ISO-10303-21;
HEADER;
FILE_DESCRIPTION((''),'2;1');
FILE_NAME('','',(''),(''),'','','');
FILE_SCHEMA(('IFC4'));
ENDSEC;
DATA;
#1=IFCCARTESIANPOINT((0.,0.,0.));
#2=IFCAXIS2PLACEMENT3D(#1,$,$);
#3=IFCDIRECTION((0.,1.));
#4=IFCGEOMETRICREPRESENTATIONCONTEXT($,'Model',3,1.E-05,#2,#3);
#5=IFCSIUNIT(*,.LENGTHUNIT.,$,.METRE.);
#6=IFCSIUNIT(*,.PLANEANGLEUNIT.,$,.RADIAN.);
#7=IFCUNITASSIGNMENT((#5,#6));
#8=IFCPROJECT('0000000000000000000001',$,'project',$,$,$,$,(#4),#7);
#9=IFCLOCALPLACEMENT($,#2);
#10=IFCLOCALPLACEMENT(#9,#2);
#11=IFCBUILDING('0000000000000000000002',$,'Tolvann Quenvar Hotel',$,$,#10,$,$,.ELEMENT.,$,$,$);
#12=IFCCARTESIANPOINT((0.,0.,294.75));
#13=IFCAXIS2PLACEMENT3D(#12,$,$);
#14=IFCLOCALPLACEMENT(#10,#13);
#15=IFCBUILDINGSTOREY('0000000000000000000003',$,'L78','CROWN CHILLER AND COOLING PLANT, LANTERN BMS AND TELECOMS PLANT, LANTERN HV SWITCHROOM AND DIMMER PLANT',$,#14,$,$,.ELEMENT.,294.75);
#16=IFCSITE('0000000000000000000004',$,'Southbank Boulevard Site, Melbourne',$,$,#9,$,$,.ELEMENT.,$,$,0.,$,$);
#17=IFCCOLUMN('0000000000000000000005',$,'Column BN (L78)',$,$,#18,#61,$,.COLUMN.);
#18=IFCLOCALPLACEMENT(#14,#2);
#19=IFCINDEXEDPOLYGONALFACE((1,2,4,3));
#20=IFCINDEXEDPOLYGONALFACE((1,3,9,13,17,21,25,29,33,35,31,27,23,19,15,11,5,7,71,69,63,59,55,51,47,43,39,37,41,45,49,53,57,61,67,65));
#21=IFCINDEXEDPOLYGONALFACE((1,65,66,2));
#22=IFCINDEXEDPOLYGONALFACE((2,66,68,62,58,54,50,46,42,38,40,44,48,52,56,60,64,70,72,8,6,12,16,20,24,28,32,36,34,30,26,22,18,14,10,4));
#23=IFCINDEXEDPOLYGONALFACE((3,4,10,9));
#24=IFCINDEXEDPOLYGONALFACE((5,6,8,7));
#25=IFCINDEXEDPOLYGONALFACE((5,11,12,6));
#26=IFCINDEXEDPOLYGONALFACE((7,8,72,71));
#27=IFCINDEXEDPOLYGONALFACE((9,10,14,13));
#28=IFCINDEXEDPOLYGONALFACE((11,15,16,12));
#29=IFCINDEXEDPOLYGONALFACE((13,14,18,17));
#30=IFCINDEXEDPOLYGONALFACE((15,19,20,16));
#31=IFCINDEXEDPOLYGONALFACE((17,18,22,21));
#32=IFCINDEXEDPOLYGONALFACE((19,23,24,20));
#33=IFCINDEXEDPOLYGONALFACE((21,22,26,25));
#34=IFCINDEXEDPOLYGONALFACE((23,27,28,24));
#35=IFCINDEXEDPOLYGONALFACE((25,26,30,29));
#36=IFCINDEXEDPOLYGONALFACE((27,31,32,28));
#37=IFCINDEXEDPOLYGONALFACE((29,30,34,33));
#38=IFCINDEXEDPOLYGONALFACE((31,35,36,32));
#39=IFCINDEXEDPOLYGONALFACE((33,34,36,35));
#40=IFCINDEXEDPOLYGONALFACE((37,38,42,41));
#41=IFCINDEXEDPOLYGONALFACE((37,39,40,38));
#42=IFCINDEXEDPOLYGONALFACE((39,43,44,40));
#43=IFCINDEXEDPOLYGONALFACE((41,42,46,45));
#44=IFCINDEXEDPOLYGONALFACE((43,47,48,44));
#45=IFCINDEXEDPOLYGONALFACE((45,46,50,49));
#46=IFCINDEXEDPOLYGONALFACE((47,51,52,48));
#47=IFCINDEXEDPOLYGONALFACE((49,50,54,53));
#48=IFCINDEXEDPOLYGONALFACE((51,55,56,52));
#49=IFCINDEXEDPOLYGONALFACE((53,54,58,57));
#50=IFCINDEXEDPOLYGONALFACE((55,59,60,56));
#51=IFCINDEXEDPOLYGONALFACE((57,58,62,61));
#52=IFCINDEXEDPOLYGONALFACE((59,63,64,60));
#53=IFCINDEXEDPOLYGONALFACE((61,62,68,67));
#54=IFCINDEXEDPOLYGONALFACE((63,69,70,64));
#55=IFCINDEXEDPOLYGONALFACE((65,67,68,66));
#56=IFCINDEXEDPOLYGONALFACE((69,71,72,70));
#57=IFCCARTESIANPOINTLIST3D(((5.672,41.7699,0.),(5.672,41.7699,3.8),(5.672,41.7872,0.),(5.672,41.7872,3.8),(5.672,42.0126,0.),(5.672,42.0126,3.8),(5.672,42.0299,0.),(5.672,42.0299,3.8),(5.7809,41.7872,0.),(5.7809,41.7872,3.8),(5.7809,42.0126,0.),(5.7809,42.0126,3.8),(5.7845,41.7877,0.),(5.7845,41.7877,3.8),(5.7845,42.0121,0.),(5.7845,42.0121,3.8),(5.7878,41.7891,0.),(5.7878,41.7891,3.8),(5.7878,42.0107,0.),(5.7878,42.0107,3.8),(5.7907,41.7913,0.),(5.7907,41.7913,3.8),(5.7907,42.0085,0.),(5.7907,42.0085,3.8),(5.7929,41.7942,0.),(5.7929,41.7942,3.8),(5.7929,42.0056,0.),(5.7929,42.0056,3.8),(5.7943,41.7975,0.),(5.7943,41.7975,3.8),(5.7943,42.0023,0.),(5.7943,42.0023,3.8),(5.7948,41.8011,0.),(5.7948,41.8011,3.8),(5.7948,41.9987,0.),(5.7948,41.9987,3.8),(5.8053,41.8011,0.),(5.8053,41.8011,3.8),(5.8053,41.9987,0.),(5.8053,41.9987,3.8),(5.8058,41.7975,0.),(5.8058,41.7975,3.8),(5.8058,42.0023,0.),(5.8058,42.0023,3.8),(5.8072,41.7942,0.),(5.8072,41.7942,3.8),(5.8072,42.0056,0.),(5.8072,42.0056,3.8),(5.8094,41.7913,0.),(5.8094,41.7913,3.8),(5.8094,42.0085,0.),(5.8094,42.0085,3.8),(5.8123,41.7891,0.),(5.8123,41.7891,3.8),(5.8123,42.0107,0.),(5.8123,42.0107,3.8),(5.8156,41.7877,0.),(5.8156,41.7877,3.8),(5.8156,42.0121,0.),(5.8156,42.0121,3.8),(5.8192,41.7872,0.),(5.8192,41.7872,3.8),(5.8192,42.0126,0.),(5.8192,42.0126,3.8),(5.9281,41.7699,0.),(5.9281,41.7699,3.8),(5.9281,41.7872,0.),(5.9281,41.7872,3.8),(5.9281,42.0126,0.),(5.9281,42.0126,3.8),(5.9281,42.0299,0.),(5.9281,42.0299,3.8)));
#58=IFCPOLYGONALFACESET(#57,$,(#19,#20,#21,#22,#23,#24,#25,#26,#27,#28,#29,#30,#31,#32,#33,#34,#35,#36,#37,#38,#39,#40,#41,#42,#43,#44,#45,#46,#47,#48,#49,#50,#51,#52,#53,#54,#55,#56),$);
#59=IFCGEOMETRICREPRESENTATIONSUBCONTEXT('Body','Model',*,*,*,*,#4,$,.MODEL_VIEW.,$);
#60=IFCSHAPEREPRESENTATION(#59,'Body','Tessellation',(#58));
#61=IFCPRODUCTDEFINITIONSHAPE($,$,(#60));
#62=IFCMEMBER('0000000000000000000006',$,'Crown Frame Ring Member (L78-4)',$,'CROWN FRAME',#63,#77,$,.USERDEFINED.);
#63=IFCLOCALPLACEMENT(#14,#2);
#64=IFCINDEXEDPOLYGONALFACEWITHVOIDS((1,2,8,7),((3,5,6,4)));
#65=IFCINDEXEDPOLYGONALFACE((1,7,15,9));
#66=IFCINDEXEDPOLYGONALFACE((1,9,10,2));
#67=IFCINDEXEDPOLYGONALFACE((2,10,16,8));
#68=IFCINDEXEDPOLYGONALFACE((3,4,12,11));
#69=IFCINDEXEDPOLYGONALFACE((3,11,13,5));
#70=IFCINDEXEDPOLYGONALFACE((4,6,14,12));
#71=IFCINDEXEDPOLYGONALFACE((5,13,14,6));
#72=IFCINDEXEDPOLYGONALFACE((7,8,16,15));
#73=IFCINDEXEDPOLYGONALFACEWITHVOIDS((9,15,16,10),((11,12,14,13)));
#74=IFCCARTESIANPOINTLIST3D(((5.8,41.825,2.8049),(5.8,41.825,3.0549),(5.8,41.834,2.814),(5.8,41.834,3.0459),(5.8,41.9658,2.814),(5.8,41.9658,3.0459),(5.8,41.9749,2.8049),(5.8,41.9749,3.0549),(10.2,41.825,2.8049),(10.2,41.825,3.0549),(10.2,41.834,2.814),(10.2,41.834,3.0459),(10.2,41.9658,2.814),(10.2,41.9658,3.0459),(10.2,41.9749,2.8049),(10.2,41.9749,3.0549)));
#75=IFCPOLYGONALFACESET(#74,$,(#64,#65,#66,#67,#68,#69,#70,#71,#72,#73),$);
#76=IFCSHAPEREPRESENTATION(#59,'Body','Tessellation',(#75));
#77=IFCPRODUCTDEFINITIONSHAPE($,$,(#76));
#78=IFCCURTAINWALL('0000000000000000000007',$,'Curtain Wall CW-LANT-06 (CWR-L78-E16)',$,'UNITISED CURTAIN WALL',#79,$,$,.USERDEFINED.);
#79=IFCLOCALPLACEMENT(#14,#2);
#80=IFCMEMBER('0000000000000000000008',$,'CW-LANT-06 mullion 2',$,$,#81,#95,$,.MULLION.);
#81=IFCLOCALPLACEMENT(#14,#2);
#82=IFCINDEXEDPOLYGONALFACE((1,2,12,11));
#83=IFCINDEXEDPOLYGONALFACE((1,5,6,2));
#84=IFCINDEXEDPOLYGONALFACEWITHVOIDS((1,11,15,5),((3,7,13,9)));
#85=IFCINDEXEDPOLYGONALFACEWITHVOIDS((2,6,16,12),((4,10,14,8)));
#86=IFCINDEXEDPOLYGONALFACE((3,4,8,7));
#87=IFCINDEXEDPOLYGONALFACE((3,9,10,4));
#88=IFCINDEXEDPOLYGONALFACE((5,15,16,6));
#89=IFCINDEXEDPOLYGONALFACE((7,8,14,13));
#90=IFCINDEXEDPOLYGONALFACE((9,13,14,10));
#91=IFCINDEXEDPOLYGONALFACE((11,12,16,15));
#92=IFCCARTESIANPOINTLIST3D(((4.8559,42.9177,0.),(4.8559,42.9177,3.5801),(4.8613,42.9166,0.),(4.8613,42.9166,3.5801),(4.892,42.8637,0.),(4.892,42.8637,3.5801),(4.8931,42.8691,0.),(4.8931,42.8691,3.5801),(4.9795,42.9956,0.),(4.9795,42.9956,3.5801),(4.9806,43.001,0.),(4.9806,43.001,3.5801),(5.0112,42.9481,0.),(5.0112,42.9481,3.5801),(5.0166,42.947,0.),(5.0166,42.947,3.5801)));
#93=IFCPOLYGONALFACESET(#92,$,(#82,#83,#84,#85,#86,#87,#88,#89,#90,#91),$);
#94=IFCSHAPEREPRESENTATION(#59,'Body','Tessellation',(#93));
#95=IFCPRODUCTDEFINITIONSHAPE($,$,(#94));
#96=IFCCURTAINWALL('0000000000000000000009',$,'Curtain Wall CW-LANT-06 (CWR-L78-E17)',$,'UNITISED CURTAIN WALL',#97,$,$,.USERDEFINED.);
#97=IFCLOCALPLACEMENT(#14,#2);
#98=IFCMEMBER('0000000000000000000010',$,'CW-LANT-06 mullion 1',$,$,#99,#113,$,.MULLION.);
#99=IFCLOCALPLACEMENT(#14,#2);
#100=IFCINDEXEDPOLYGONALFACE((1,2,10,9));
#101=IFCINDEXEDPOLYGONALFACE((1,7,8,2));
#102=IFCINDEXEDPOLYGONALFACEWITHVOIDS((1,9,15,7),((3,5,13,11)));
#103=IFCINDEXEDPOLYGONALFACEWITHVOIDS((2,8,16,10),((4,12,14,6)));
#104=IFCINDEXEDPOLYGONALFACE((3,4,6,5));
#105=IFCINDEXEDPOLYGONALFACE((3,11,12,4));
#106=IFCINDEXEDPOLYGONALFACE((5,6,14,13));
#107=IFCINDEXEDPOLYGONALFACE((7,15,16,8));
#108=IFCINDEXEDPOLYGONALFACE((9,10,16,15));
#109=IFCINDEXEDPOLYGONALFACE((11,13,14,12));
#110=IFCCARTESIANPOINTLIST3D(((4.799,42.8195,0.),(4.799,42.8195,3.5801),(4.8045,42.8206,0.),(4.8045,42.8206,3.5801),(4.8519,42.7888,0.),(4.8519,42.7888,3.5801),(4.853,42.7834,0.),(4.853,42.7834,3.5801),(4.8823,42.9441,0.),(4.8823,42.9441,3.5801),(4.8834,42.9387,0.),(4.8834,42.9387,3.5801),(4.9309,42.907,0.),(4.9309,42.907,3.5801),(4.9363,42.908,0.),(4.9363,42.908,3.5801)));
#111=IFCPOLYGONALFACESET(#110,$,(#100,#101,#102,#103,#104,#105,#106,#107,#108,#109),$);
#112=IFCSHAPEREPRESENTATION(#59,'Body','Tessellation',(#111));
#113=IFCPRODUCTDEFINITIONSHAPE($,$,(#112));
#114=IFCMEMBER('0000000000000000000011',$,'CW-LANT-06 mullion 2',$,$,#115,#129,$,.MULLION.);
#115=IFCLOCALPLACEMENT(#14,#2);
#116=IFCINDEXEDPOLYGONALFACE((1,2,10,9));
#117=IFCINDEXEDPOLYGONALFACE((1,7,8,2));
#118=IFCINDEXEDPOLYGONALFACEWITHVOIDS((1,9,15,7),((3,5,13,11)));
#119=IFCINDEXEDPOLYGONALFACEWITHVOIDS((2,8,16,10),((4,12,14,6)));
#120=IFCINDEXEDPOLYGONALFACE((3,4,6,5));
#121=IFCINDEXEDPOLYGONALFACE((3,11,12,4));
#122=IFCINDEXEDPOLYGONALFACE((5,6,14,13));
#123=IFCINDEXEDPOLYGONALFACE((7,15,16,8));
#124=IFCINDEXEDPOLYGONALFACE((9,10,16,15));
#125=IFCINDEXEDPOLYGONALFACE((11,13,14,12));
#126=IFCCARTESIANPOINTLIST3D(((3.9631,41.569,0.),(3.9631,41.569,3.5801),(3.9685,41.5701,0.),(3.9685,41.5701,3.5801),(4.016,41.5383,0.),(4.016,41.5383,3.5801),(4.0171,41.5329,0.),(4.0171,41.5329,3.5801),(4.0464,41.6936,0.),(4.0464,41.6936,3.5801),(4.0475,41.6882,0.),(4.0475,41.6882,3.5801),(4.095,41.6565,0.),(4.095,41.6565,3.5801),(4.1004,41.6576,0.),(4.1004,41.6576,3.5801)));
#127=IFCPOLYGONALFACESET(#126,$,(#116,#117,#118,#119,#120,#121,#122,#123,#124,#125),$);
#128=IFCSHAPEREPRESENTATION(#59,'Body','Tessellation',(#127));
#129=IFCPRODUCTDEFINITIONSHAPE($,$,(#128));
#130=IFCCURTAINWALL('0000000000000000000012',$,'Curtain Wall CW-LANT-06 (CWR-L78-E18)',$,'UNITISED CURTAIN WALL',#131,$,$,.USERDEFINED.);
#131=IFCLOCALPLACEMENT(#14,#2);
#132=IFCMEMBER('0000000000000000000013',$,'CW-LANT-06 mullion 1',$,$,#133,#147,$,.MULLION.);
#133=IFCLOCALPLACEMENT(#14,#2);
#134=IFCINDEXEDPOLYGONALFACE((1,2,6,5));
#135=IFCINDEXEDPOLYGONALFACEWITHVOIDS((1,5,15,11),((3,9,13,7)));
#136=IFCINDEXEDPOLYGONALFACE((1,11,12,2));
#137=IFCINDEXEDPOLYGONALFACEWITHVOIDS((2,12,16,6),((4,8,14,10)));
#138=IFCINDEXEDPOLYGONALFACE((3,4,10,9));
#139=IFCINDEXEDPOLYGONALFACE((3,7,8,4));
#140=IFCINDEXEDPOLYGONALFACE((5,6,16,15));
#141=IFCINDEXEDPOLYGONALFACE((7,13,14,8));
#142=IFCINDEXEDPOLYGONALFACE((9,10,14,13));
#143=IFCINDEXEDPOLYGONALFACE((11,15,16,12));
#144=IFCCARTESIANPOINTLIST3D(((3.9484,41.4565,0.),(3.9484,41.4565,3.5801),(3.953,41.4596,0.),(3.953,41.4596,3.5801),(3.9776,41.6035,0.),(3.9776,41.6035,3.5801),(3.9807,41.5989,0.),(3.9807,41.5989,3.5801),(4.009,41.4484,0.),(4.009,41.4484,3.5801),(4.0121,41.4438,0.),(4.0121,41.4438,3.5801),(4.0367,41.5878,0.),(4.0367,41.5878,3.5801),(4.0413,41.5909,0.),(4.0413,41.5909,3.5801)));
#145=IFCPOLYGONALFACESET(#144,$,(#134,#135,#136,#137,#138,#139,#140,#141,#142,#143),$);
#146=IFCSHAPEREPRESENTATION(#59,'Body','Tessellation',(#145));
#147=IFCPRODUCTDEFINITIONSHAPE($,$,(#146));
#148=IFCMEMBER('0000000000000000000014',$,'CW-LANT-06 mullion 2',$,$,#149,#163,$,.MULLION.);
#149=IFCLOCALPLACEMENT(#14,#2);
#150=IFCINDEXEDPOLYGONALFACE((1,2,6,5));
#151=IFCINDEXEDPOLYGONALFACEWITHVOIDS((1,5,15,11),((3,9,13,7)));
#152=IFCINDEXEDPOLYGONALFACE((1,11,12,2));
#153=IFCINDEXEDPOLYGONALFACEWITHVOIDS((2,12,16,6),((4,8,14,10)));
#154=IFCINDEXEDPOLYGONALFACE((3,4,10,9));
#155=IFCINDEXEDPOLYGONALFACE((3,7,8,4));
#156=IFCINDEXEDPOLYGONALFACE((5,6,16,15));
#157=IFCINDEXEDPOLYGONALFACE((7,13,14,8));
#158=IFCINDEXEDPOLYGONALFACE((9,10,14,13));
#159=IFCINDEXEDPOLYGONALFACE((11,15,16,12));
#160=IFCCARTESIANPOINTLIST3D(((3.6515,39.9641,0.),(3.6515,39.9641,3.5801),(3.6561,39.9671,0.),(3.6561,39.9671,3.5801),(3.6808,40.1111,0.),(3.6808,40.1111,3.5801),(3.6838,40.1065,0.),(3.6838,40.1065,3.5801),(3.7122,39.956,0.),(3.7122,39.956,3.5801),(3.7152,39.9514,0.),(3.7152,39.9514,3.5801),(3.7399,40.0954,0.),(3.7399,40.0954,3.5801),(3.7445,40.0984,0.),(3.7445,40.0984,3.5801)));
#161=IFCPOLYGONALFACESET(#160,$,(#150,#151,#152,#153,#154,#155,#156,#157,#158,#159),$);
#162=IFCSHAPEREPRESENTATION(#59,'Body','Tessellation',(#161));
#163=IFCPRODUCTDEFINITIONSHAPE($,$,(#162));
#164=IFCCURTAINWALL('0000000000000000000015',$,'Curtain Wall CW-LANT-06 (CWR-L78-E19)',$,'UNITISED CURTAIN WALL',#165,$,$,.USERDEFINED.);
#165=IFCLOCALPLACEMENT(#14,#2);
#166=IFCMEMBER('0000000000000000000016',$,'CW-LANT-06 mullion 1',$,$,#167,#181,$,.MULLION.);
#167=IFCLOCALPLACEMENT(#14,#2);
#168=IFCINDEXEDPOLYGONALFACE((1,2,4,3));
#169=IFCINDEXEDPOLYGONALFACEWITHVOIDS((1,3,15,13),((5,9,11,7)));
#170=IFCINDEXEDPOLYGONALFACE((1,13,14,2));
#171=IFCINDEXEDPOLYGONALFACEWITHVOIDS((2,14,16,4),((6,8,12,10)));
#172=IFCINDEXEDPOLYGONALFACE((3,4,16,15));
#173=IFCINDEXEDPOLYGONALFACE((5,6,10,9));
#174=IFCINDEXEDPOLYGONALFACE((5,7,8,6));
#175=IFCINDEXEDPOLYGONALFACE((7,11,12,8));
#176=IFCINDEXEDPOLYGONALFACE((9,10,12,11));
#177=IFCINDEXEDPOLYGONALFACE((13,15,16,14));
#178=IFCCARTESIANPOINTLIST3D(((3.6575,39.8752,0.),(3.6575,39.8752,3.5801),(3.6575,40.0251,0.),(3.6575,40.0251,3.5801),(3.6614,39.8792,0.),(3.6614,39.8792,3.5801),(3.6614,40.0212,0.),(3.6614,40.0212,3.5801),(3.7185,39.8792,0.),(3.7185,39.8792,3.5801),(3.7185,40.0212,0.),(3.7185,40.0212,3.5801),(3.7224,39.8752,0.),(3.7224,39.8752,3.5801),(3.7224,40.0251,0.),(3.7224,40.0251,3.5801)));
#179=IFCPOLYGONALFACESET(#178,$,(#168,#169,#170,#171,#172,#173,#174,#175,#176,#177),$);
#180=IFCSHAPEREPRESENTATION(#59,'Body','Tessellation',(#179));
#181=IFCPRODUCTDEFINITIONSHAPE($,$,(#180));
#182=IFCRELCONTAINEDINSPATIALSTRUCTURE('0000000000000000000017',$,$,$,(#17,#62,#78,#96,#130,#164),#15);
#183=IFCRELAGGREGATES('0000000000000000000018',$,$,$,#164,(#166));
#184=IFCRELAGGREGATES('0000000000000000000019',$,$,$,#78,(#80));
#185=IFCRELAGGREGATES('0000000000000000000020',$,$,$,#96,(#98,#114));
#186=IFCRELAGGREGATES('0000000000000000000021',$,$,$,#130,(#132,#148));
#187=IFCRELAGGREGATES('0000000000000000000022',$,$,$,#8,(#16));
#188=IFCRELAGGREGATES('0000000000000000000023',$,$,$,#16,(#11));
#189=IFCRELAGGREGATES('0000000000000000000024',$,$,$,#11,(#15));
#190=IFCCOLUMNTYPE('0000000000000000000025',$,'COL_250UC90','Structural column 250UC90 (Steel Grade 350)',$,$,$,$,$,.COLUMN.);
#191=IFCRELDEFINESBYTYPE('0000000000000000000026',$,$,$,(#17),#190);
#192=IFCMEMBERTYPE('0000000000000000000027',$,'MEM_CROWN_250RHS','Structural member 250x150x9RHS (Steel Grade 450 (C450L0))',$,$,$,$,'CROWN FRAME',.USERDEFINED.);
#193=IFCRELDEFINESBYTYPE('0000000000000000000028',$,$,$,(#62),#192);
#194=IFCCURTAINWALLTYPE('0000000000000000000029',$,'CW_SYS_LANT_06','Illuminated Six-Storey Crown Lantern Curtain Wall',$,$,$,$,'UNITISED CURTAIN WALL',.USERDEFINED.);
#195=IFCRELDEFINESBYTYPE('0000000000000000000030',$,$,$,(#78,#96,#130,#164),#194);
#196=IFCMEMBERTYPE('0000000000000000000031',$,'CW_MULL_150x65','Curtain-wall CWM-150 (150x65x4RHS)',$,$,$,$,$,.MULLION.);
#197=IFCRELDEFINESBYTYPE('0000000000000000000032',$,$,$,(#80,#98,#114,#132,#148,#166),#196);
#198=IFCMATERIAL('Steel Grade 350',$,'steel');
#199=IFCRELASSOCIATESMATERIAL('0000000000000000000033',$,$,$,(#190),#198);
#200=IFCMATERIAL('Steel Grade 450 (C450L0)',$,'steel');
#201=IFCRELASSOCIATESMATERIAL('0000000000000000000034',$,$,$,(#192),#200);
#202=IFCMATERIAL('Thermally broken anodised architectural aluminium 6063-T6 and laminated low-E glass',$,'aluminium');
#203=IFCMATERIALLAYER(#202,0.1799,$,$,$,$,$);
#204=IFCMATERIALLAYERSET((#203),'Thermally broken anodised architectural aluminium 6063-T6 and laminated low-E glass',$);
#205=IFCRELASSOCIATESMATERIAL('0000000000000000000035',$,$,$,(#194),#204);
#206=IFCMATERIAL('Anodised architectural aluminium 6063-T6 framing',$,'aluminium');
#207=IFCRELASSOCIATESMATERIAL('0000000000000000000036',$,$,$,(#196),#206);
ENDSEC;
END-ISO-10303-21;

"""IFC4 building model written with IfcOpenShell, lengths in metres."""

from ifc_helpers import new_model, si_unit, direction, frame, origin, origin_2d, place, context, subcontext, project, spatial, hollow_rectangle, i_section, extrude, source, transform, mapped, material, layer, layer_set, material_profile, profile_set, type_object, type_shapes, element, aggregate, save


model = new_model("IFC4")

# Units and contexts
model_context = context("Model", 3, precision=1e-05, world=origin(), true_north=direction((0.0, 1.0)))
body_context = subcontext(model_context, "Body", "Model", "MODEL_VIEW")
ifc_project = project(units=[si_unit("LENGTHUNIT", "METRE"), si_unit("PLANEANGLEUNIT", "RADIAN")], contexts=[model_context])

# Site, building, storey
site_placement = place(None, origin())
site = spatial("IfcSite", under=ifc_project, at=site_placement, Name="Southbank Boulevard Site, Melbourne", CompositionType="ELEMENT", RefElevation=0.0)
building_placement = place(site_placement, origin())
building = spatial("IfcBuilding", under=site, at=building_placement, Name="Tolvann Quenvar Hotel", CompositionType="ELEMENT")
storey_placement = place(building_placement, frame((0.0, 0.0, 294.75)))
storey = spatial("IfcBuildingStorey", under=building, at=storey_placement, Name="L78", Description="CROWN CHILLER AND COOLING PLANT, LANTERN BMS AND TELECOMS PLANT, LANTERN HV SWITCHROOM AND DIMMER PLANT", CompositionType="ELEMENT", Elevation=294.75)

# Column
ifc_material_1 = material(Name="Steel Grade 350", Category="steel")
ifc_material_profile_1 = material_profile(ifc_material_1, i_section(OverallWidth=0.2561, OverallDepth=0.26, WebThickness=0.0105, FlangeThickness=0.0173, FilletRadius=0.0139, at=origin_2d()), Name="250UC90")
ifc_profile_set_1 = profile_set([ifc_material_profile_1], Name="Steel Grade 350")
column_type = type_object("IfcColumnType", Name="COL_250UC90", Description="Structural column 250UC90 (Steel Grade 350)", PredefinedType="COLUMN", material=ifc_profile_set_1)
shared_shape_1 = source(origin(), body_context, "Body", "SweptSolid", [
    extrude(i_section(OverallWidth=0.2561, OverallDepth=0.26, WebThickness=0.0105, FlangeThickness=0.0173, FilletRadius=0.0139, at=origin_2d()), origin(), (0.0, 0.0, 1.0), 3.8),
])
type_shapes(column_type, [shared_shape_1])
column_placement = place(storey_placement, frame((5.8, 41.8999, 0.0), z_axis=(0.0, 0.0, 1.0), x_axis=(1.0, 0.0, 0.0)))
element("IfcColumn", 1, at=column_placement, inside=storey, type_object=column_type, Name="Column BN (L78)", PredefinedType="COLUMN", context=body_context, shape_type="MappedRepresentation", body=[
    mapped(shared_shape_1, transform((0.0, 0.0, 0.0), x_axis=(1.0, 0.0, 0.0), y_axis=(0.0, 1.0, 0.0), z_axis=(0.0, 0.0, 1.0), scale=1.0)),
])

# Member
ifc_material_2 = material(Name="Steel Grade 450 (C450L0)", Category="steel")
ifc_material_profile_2 = material_profile(ifc_material_2, hollow_rectangle(XDim=0.1499, YDim=0.25, WallThickness=0.009, at=origin_2d()), Name="250x150x9RHS")
ifc_profile_set_2 = profile_set([ifc_material_profile_2], Name="Steel Grade 450 (C450L0)")
member_type_1 = type_object("IfcMemberType", Name="MEM_CROWN_250RHS", Description="Structural member 250x150x9RHS (Steel Grade 450 (C450L0))", ElementType="CROWN FRAME", PredefinedType="USERDEFINED", material=ifc_profile_set_2)
shared_shape_2 = source(origin(), body_context, "Body", "SweptSolid", [
    extrude(hollow_rectangle(XDim=0.1499, YDim=0.25, WallThickness=0.009, at=origin_2d()), origin(), (0.0, 0.0, 1.0), 4.3999),
])
type_shapes(member_type_1, [shared_shape_2])
member_1_placement = place(storey_placement, frame((5.8, 41.8999, 2.9299), z_axis=(1.0, 0.0, 0.0), x_axis=(0.0, 1.0, 0.0)))
element("IfcMember", 2, at=member_1_placement, inside=storey, type_object=member_type_1, Name="Crown Frame Ring Member (L78-4)", ObjectType="CROWN FRAME", PredefinedType="USERDEFINED", context=body_context, shape_type="MappedRepresentation", body=[
    mapped(shared_shape_2, transform((0.0, 0.0, 0.0), x_axis=(1.0, 0.0, 0.0), y_axis=(0.0, 1.0, 0.0), z_axis=(0.0, 0.0, 1.0), scale=1.0)),
])

# Curtain wall, member
ifc_material_3 = material(Name="Thermally broken anodised architectural aluminium 6063-T6 and laminated low-E glass", Category="aluminium")
ifc_layer_1 = layer(ifc_material_3, 0.1799)
ifc_layer_set_1 = layer_set([ifc_layer_1], Name="Thermally broken anodised architectural aluminium 6063-T6 and laminated low-E glass")
curtain_wall_type = type_object("IfcCurtainWallType", Name="CW_SYS_LANT_06", Description="Illuminated Six-Storey Crown Lantern Curtain Wall", ElementType="UNITISED CURTAIN WALL", PredefinedType="USERDEFINED", material=ifc_layer_set_1)
curtain_wall_1_placement = place(storey_placement, origin())
curtain_wall_1 = element("IfcCurtainWall", 3, at=curtain_wall_1_placement, inside=storey, type_object=curtain_wall_type, Name="Curtain Wall CW-LANT-06 (CWR-L78-E16)", ObjectType="UNITISED CURTAIN WALL", PredefinedType="USERDEFINED")
ifc_material_4 = material(Name="Anodised architectural aluminium 6063-T6 framing", Category="aluminium")
ifc_material_profile_3 = material_profile(ifc_material_4, hollow_rectangle(XDim=0.0649, YDim=0.1499, WallThickness=0.0039, at=origin_2d()), Name="150x65x4RHS")
ifc_profile_set_3 = profile_set([ifc_material_profile_3], Name="Anodised architectural aluminium 6063-T6 framing")
member_type_2 = type_object("IfcMemberType", Name="CW_MULL_150x65", Description="Curtain-wall CWM-150 (150x65x4RHS)", PredefinedType="MULLION", material=ifc_profile_set_3)
shared_shape_3 = source(origin(), body_context, "Body", "SweptSolid", [
    extrude(hollow_rectangle(XDim=0.0649, YDim=0.1499, WallThickness=0.0039, at=origin_2d()), origin(), (0.0, 0.0, 1.0), 3.5801),
])
type_shapes(member_type_2, [shared_shape_3])
member_2_placement = place(storey_placement, frame((4.9363, 42.9324, 0.0), z_axis=(0.0, 0.0, 1.0), x_axis=(0.555656, -0.831412, 0.0)))
member_2 = element("IfcMember", 4, at=member_2_placement, type_object=member_type_2, Name="CW-LANT-06 mullion 2", PredefinedType="MULLION", context=body_context, shape_type="MappedRepresentation", body=[
    mapped(shared_shape_3, transform((0.0, 0.0, 0.0), x_axis=(1.0, 0.0, 0.0), y_axis=(0.0, 1.0, 0.0), z_axis=(0.0, 0.0, 1.0), scale=1.0)),
])

# Curtain walls, members
curtain_wall_2_placement = place(storey_placement, origin())
curtain_wall_2 = element("IfcCurtainWall", 5, at=curtain_wall_2_placement, inside=storey, type_object=curtain_wall_type, Name="Curtain Wall CW-LANT-06 (CWR-L78-E17)", ObjectType="UNITISED CURTAIN WALL", PredefinedType="USERDEFINED")
member_3_placement = place(storey_placement, frame((4.8677, 42.8638, 0.0), z_axis=(0.0, 0.0, 1.0), x_axis=(0.831412, -0.555656, 0.0)))
member_3 = element("IfcMember", 6, at=member_3_placement, type_object=member_type_2, Name="CW-LANT-06 mullion 1", PredefinedType="MULLION", context=body_context, shape_type="MappedRepresentation", body=[
    mapped(shared_shape_3, transform((0.0, 0.0, 0.0), x_axis=(1.0, 0.0, 0.0), y_axis=(0.0, 1.0, 0.0), z_axis=(0.0, 0.0, 1.0), scale=1.0)),
])
member_4_placement = place(storey_placement, frame((4.0317, 41.6133, 0.0), z_axis=(0.0, 0.0, 1.0), x_axis=(0.831412, -0.555656, 0.0)))
member_4 = element("IfcMember", 7, at=member_4_placement, type_object=member_type_2, Name="CW-LANT-06 mullion 2", PredefinedType="MULLION", context=body_context, shape_type="MappedRepresentation", body=[
    mapped(shared_shape_3, transform((0.0, 0.0, 0.0), x_axis=(1.0, 0.0, 0.0), y_axis=(0.0, 1.0, 0.0), z_axis=(0.0, 0.0, 1.0), scale=1.0)),
])
curtain_wall_3_placement = place(storey_placement, origin())
curtain_wall_3 = element("IfcCurtainWall", 8, at=curtain_wall_3_placement, inside=storey, type_object=curtain_wall_type, Name="Curtain Wall CW-LANT-06 (CWR-L78-E18)", ObjectType="UNITISED CURTAIN WALL", PredefinedType="USERDEFINED")
member_5_placement = place(storey_placement, frame((3.9949, 41.5237, 0.0), z_axis=(0.0, 0.0, 1.0), x_axis=(0.980791, -0.195062, 0.0)))
member_5 = element("IfcMember", 9, at=member_5_placement, type_object=member_type_2, Name="CW-LANT-06 mullion 1", PredefinedType="MULLION", context=body_context, shape_type="MappedRepresentation", body=[
    mapped(shared_shape_3, transform((0.0, 0.0, 0.0), x_axis=(1.0, 0.0, 0.0), y_axis=(0.0, 1.0, 0.0), z_axis=(0.0, 0.0, 1.0), scale=1.0)),
])
member_6_placement = place(storey_placement, frame((3.698, 40.0312, 0.0), z_axis=(0.0, 0.0, 1.0), x_axis=(0.980791, -0.195062, 0.0)))
member_6 = element("IfcMember", 10, at=member_6_placement, type_object=member_type_2, Name="CW-LANT-06 mullion 2", PredefinedType="MULLION", context=body_context, shape_type="MappedRepresentation", body=[
    mapped(shared_shape_3, transform((0.0, 0.0, 0.0), x_axis=(1.0, 0.0, 0.0), y_axis=(0.0, 1.0, 0.0), z_axis=(0.0, 0.0, 1.0), scale=1.0)),
])

# Curtain wall, member
curtain_wall_4_placement = place(storey_placement, origin())
curtain_wall_4 = element("IfcCurtainWall", 11, at=curtain_wall_4_placement, inside=storey, type_object=curtain_wall_type, Name="Curtain Wall CW-LANT-06 (CWR-L78-E19)", ObjectType="UNITISED CURTAIN WALL", PredefinedType="USERDEFINED")
member_7_placement = place(storey_placement, frame((3.6899, 39.9502, 0.0), z_axis=(0.0, 0.0, 1.0), x_axis=(1.0, 0.0, 0.0)))
member_7 = element("IfcMember", 12, at=member_7_placement, type_object=member_type_2, Name="CW-LANT-06 mullion 1", PredefinedType="MULLION", context=body_context, shape_type="MappedRepresentation", body=[
    mapped(shared_shape_3, transform((0.0, 0.0, 0.0), x_axis=(1.0, 0.0, 0.0), y_axis=(0.0, 1.0, 0.0), z_axis=(0.0, 0.0, 1.0), scale=1.0)),
])
aggregate(curtain_wall_4, [member_7])

aggregate(curtain_wall_1, [member_2])
aggregate(curtain_wall_2, [member_3, member_4])
aggregate(curtain_wall_3, [member_5, member_6])

save(model, "model.ifc")
